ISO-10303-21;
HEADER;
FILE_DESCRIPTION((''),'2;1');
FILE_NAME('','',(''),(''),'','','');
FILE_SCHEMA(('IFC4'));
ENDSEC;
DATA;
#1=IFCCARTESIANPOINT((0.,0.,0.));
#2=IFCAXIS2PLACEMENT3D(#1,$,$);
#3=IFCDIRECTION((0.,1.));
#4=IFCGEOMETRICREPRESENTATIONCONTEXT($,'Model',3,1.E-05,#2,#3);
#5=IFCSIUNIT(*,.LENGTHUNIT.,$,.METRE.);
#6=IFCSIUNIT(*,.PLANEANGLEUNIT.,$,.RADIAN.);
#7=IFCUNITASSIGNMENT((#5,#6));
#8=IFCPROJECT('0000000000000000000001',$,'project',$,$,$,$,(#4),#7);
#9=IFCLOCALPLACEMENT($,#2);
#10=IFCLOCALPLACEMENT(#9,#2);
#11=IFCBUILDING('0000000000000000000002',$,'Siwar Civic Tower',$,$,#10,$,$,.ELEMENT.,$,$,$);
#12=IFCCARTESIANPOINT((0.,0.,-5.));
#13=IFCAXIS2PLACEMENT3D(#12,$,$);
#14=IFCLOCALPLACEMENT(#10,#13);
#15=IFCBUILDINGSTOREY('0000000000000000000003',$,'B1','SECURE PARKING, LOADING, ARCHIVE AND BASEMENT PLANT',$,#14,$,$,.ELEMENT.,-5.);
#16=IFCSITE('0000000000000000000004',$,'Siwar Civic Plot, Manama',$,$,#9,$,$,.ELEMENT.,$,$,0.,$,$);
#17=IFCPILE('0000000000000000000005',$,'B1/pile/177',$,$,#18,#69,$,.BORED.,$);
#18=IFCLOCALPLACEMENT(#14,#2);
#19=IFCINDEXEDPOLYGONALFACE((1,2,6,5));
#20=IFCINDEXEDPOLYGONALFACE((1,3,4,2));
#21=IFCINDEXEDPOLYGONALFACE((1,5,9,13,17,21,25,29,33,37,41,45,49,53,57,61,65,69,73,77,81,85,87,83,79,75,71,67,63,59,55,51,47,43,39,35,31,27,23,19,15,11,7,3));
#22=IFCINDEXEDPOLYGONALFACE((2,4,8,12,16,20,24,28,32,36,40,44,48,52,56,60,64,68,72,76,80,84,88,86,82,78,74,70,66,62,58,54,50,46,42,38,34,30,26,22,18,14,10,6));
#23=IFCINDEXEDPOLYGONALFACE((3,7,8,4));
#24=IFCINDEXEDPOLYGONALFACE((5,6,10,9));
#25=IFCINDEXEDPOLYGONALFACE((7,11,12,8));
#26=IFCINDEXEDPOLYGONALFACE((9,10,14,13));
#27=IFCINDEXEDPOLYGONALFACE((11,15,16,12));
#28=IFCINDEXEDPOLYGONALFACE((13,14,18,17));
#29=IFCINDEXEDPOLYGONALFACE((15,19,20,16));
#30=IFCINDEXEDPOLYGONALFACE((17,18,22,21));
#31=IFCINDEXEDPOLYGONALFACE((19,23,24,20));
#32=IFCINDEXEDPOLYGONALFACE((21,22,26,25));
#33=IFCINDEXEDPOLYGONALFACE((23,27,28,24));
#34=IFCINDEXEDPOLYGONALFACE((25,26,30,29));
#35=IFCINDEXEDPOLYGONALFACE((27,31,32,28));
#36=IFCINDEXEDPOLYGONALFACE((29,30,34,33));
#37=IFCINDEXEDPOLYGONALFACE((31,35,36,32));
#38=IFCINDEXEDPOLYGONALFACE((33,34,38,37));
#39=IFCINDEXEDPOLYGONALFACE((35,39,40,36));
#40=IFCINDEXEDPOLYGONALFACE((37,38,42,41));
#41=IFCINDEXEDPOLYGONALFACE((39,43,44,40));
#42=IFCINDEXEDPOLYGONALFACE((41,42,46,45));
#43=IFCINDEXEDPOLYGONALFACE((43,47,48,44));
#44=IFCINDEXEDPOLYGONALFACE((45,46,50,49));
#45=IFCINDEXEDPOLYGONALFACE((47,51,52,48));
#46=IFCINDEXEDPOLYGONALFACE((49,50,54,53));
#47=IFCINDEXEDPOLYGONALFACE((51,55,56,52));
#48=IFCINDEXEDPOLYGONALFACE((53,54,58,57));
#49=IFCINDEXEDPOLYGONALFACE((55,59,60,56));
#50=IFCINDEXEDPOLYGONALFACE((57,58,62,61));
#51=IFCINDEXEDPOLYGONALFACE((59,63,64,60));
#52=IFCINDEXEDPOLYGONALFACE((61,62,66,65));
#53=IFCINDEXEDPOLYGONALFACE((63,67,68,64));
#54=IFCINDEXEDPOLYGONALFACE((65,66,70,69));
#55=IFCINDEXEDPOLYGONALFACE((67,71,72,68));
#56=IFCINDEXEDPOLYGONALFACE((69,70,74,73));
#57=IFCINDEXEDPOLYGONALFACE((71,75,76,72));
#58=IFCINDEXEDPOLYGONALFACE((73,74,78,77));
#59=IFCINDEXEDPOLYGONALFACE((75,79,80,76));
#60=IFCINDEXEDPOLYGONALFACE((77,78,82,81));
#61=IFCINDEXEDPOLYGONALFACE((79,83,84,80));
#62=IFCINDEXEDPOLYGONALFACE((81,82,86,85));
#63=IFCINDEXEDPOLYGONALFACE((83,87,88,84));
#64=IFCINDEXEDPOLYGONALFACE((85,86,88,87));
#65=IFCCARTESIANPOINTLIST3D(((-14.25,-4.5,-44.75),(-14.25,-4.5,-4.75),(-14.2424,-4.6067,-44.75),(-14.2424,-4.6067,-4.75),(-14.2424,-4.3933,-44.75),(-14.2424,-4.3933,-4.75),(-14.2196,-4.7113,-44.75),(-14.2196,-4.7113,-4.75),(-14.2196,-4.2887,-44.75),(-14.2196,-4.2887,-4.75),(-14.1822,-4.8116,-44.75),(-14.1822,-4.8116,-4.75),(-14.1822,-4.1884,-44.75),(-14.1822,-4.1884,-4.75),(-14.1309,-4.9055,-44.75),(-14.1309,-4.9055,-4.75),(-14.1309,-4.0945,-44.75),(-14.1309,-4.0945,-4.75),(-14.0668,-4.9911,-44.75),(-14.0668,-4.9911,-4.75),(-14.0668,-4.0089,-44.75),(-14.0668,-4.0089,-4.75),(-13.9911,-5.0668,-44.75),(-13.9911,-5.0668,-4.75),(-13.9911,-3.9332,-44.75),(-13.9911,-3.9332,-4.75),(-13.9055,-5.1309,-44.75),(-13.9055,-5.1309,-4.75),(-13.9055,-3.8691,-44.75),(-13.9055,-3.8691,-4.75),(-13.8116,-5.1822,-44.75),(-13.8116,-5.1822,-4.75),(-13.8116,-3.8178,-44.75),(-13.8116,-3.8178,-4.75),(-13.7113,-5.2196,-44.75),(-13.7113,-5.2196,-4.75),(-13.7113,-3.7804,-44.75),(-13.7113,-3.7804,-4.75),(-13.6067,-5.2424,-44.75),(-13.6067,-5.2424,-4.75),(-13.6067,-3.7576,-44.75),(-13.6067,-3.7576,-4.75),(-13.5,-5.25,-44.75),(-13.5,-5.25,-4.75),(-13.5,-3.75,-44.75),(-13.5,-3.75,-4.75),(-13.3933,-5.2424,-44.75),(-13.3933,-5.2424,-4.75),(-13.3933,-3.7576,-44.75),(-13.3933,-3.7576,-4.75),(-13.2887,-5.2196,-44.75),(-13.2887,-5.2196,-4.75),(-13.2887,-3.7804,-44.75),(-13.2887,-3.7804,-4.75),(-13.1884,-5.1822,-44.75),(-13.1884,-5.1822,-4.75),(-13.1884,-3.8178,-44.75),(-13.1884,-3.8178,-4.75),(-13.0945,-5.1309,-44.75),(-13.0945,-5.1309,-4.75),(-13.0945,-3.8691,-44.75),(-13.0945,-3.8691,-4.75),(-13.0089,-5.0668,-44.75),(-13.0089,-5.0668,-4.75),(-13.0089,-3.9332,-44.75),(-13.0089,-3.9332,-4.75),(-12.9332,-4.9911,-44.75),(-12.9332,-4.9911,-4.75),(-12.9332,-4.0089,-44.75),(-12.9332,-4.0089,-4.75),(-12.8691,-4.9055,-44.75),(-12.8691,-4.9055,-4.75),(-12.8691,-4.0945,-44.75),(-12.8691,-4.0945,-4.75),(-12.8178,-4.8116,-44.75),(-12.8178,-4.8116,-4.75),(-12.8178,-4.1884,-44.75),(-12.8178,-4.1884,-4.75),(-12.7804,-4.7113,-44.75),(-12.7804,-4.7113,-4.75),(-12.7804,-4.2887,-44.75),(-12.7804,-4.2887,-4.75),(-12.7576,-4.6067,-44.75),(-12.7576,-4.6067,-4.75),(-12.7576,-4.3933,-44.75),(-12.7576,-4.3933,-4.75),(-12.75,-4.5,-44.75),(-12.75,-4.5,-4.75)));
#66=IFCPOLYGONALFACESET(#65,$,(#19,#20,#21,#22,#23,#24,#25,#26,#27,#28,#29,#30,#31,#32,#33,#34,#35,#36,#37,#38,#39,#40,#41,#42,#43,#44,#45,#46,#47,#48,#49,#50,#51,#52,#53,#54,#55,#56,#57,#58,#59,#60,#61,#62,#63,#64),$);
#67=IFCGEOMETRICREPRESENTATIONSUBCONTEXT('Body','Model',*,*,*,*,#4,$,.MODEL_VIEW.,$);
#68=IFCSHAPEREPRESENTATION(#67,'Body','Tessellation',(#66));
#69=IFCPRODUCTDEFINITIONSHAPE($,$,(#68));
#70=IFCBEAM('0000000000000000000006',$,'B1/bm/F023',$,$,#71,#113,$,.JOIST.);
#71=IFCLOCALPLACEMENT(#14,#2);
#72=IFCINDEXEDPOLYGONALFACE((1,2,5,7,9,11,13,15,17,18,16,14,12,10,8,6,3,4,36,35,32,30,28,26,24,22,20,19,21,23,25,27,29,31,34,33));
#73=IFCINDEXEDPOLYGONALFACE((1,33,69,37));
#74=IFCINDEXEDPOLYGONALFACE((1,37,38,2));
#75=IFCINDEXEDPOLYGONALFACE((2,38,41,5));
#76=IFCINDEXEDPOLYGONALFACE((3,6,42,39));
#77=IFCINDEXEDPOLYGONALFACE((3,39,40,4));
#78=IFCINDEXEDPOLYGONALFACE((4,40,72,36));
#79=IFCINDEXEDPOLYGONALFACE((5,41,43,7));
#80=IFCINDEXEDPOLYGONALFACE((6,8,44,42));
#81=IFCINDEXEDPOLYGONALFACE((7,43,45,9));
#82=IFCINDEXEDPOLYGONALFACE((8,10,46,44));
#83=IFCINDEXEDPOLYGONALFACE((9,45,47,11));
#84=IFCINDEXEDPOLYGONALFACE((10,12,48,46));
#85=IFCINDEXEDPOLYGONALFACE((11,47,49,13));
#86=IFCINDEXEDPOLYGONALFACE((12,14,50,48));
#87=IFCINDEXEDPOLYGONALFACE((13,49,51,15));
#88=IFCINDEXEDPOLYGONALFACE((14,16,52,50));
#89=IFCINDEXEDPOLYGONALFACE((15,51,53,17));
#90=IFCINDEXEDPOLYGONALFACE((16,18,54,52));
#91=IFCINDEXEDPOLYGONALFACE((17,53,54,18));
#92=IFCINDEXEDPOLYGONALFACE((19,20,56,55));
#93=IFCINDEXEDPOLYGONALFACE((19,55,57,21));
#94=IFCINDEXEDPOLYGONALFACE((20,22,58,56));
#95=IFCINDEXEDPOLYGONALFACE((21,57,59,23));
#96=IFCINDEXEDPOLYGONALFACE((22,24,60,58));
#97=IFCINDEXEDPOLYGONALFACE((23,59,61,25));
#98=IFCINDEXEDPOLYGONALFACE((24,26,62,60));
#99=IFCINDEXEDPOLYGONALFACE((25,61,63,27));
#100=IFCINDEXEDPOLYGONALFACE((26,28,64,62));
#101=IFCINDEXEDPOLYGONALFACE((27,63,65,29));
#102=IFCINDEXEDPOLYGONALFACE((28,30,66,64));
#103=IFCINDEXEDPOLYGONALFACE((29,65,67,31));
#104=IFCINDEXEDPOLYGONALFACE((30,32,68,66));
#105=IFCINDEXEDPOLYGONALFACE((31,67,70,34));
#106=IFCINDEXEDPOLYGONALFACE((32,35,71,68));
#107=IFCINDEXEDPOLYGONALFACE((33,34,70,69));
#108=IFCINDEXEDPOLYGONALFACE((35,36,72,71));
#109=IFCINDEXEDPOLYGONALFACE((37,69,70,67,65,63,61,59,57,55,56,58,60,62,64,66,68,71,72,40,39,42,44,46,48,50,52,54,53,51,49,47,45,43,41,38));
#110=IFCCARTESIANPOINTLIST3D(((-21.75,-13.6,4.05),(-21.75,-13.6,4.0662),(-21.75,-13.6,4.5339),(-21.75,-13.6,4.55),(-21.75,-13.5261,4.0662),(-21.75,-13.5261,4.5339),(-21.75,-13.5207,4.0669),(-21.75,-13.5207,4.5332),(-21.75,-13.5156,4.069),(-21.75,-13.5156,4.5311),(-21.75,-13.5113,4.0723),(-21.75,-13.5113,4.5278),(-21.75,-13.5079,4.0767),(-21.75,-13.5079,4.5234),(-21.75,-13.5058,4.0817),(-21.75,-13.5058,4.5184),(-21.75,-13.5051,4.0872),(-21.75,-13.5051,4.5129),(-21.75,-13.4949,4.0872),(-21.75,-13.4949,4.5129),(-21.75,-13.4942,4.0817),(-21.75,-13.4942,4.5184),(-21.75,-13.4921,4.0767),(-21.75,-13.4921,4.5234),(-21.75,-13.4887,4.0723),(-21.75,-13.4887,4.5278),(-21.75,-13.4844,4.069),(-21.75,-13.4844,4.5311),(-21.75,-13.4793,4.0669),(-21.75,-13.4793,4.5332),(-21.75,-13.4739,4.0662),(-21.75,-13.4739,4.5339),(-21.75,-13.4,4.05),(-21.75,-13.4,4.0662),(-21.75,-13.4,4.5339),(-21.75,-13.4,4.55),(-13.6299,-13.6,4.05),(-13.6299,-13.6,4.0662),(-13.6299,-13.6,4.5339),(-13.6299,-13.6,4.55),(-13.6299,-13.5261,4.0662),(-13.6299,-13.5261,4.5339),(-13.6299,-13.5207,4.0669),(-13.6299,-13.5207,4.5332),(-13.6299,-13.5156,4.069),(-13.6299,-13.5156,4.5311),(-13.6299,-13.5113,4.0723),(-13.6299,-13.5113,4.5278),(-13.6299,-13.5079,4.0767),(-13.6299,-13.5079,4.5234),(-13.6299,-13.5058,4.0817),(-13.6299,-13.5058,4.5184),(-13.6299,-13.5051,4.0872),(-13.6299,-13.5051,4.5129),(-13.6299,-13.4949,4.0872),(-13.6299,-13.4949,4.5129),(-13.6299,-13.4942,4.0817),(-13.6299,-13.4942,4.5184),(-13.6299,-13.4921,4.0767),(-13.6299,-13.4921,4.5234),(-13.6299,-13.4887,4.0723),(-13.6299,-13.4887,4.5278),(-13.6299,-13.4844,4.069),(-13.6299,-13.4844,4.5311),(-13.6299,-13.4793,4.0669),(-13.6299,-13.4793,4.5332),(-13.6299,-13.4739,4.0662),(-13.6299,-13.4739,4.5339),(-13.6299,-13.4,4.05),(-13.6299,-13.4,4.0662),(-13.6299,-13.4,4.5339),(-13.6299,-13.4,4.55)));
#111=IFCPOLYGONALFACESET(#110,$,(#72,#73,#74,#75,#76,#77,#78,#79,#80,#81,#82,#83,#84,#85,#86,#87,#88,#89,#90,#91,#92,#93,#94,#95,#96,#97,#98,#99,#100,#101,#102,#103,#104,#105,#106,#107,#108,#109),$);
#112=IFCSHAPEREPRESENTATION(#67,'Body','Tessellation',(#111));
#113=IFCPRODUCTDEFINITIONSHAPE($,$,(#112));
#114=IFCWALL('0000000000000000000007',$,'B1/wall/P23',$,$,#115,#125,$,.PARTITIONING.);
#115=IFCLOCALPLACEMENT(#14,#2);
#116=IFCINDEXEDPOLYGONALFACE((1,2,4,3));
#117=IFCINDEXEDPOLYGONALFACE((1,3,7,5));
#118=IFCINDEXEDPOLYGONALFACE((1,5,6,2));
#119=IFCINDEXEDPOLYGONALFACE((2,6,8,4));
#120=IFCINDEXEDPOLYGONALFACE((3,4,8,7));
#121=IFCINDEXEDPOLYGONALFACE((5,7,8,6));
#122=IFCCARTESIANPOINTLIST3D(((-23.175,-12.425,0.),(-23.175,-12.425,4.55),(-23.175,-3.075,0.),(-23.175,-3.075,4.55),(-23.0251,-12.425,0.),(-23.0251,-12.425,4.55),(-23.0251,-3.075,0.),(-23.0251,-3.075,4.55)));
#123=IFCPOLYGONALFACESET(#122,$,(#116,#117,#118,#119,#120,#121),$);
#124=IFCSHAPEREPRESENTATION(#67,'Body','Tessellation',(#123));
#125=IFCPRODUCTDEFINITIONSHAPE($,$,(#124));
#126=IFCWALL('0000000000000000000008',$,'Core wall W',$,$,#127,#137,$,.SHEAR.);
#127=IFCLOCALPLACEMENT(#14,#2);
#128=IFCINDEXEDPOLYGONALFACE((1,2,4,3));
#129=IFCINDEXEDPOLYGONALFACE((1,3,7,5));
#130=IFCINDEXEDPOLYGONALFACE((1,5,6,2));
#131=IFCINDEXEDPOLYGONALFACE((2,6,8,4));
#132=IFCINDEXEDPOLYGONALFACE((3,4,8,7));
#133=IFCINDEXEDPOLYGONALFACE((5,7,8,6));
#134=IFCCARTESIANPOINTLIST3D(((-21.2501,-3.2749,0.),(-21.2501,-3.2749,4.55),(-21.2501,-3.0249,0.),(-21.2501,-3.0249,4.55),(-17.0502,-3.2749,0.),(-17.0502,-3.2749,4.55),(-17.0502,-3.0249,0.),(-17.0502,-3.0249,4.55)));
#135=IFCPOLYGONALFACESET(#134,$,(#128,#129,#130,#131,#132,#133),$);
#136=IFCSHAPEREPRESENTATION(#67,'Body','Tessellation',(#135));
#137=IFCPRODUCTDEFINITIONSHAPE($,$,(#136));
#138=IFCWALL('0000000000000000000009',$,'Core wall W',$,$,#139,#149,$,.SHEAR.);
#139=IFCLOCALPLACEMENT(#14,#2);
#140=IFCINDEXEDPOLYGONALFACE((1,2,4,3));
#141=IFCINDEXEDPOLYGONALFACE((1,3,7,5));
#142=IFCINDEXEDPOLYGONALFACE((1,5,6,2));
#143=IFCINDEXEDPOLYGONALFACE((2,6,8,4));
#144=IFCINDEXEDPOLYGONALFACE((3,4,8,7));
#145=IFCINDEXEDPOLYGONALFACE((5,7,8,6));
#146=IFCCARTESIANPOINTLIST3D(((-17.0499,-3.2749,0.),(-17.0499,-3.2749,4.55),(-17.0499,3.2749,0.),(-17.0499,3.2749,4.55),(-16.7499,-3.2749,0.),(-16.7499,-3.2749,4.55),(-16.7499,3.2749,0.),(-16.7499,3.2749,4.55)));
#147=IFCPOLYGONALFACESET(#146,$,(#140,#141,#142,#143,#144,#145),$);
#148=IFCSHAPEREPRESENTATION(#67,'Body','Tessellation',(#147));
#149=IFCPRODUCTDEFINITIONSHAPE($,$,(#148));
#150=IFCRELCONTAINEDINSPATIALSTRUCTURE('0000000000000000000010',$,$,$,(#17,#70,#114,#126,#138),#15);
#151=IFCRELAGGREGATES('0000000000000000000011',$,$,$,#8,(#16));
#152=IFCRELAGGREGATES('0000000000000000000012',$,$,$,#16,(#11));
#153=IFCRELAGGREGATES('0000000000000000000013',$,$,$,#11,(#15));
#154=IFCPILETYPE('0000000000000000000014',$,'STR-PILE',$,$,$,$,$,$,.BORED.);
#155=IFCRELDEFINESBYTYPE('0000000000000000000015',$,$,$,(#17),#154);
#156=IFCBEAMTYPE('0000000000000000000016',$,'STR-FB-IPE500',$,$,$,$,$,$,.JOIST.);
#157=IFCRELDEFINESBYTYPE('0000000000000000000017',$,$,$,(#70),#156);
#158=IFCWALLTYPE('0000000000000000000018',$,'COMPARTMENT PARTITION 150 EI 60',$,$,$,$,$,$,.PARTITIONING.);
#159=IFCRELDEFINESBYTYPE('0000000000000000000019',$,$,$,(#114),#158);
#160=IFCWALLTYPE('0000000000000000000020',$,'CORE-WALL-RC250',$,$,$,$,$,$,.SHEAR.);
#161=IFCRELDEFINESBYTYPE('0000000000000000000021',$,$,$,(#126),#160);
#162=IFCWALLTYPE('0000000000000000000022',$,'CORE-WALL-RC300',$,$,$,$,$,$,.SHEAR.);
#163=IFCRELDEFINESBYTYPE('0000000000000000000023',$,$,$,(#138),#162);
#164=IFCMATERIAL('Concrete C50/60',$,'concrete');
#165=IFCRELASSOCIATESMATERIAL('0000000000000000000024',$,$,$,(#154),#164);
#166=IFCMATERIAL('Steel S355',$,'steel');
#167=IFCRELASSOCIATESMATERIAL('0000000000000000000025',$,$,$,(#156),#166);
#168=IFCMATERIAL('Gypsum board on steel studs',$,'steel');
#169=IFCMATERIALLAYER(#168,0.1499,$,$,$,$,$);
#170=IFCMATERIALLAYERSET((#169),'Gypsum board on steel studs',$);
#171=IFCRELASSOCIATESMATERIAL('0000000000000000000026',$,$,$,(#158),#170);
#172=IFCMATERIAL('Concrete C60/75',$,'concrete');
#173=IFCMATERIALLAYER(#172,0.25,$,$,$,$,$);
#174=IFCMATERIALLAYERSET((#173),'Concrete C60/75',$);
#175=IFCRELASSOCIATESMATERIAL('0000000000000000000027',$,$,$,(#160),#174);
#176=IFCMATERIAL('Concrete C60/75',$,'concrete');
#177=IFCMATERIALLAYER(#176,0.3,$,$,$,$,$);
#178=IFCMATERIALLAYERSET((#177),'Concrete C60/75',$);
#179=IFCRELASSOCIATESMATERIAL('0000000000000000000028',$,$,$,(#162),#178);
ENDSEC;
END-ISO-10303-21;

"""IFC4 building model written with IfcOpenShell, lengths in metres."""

from ifc_helpers import new_model, si_unit, direction, frame, frame_2d, origin, origin_2d, place, context, subcontext, project, spatial, rectangle, circle, i_section, extrude, material, layer, layer_set, material_profile, profile_set, type_object, element, save


model = new_model("IFC4")

# Units and contexts
model_context = context("Model", 3, precision=1e-05, world=origin(), true_north=direction((0.0, 1.0)))
body_context = subcontext(model_context, "Body", "Model", "MODEL_VIEW")
ifc_project = project(units=[si_unit("LENGTHUNIT", "METRE"), si_unit("PLANEANGLEUNIT", "RADIAN")], contexts=[model_context])

# Site, building, storey
site_placement = place(None, origin())
site = spatial("IfcSite", under=ifc_project, at=site_placement, Name="Siwar Civic Plot, Manama", CompositionType="ELEMENT", RefElevation=0.0)
building_placement = place(site_placement, origin())
building = spatial("IfcBuilding", under=site, at=building_placement, Name="Siwar Civic Tower", CompositionType="ELEMENT")
storey_placement = place(building_placement, frame((0.0, 0.0, -5.0)))
storey = spatial("IfcBuildingStorey", under=building, at=storey_placement, Name="B1", Description="SECURE PARKING, LOADING, ARCHIVE AND BASEMENT PLANT", CompositionType="ELEMENT", Elevation=-5.0)

# Pile
ifc_material_1 = material(Name="Concrete C50/60", Category="concrete")
ifc_material_profile_1 = material_profile(ifc_material_1, circle(Radius=0.75, at=origin_2d()), Name="PILE1500")
ifc_profile_set_1 = profile_set([ifc_material_profile_1], Name="Concrete C50/60")
pile_type = type_object("IfcPileType", Name="STR-PILE", PredefinedType="BORED", material=ifc_profile_set_1)
for number, where, z_axis, x_axis, name in (
    (1, (-13.5, -4.5, -4.75), (0.0, 0.0, -1.0), (1.0, 0.0, 0.0), "B1/pile/177"),
):
    element("IfcPile", number, at=place(storey_placement, frame(where, z_axis=z_axis, x_axis=x_axis)), inside=storey, type_object=pile_type, Name=name, PredefinedType="BORED", context=body_context, shape_type="SweptSolid", body=[
        extrude(circle(Radius=0.75, at=origin_2d()), origin(), (0.0, 0.0, 1.0), 40.0),
    ])

# Beam
ifc_material_2 = material(Name="Steel S355", Category="steel")
ifc_material_profile_2 = material_profile(ifc_material_2, i_section(OverallWidth=0.2, OverallDepth=0.5, WebThickness=0.0103, FlangeThickness=0.0161, FilletRadius=0.021, at=origin_2d()), Name="IPE500")
ifc_profile_set_2 = profile_set([ifc_material_profile_2], Name="Steel S355")
beam_type = type_object("IfcBeamType", Name="STR-FB-IPE500", PredefinedType="JOIST", material=ifc_profile_set_2)
beam_placement = place(storey_placement, frame((-21.75, -13.5, 4.3), z_axis=(1.0, 0.0, 0.0), x_axis=(0.0, 1.0, 0.0)))
element("IfcBeam", 2, at=beam_placement, inside=storey, type_object=beam_type, Name="B1/bm/F023", PredefinedType="JOIST", context=body_context, shape_type="SweptSolid", body=[
    extrude(i_section(OverallWidth=0.2, OverallDepth=0.5, WebThickness=0.0103, FlangeThickness=0.0161, FilletRadius=0.021, at=origin_2d()), origin(), (0.0, 0.0, 1.0), 8.1201),
])

# Walls
ifc_material_3 = material(Name="Gypsum board on steel studs", Category="steel")
ifc_layer_1 = layer(ifc_material_3, 0.1499)
ifc_layer_set_1 = layer_set([ifc_layer_1], Name="Gypsum board on steel studs")
wall_type_1 = type_object("IfcWallType", Name="COMPARTMENT PARTITION 150 EI 60", PredefinedType="PARTITIONING", material=ifc_layer_set_1)
wall_1_placement = place(storey_placement, frame((-23.1001, -12.425, 0.0), z_axis=(0.0, 0.0, 1.0), x_axis=(0.0, 1.0, 0.0)))
element("IfcWall", 3, at=wall_1_placement, inside=storey, type_object=wall_type_1, Name="B1/wall/P23", PredefinedType="PARTITIONING", context=body_context, shape_type="SweptSolid", body=[
    extrude(rectangle(XDim=9.3501, YDim=0.1499, at=frame_2d((4.675, 0.0))), origin(), (0.0, 0.0, 1.0), 4.55),
])
ifc_material_4 = material(Name="Concrete C60/75", Category="concrete")
ifc_layer_2 = layer(ifc_material_4, 0.25)
ifc_layer_set_2 = layer_set([ifc_layer_2], Name="Concrete C60/75")
wall_type_2 = type_object("IfcWallType", Name="CORE-WALL-RC250", PredefinedType="SHEAR", material=ifc_layer_set_2)
wall_2_placement = place(storey_placement, frame((-17.05, -3.1499, 0.0), z_axis=(0.0, 0.0, 1.0), x_axis=(-1.0, 0.0, 0.0)))
element("IfcWall", 4, at=wall_2_placement, inside=storey, type_object=wall_type_2, Name="Core wall W", PredefinedType="SHEAR", context=body_context, shape_type="SweptSolid", body=[
    extrude(rectangle(XDim=4.2, YDim=0.25, at=frame_2d((2.1001, 0.0))), origin(), (0.0, 0.0, 1.0), 4.55),
])
ifc_material_5 = material(Name="Concrete C60/75", Category="concrete")
ifc_layer_3 = layer(ifc_material_5, 0.3)
ifc_layer_set_3 = layer_set([ifc_layer_3], Name="Concrete C60/75")
wall_type_3 = type_object("IfcWallType", Name="CORE-WALL-RC300", PredefinedType="SHEAR", material=ifc_layer_set_3)
wall_3_placement = place(storey_placement, frame((-16.8999, -3.2749, 0.0), z_axis=(0.0, 0.0, 1.0), x_axis=(0.0, 1.0, 0.0)))
element("IfcWall", 5, at=wall_3_placement, inside=storey, type_object=wall_type_3, Name="Core wall W", PredefinedType="SHEAR", context=body_context, shape_type="SweptSolid", body=[
    extrude(rectangle(XDim=6.5498, YDim=0.3, at=frame_2d((3.2749, 0.0))), origin(), (0.0, 0.0, 1.0), 4.55),
])

save(model, "model.ifc")
